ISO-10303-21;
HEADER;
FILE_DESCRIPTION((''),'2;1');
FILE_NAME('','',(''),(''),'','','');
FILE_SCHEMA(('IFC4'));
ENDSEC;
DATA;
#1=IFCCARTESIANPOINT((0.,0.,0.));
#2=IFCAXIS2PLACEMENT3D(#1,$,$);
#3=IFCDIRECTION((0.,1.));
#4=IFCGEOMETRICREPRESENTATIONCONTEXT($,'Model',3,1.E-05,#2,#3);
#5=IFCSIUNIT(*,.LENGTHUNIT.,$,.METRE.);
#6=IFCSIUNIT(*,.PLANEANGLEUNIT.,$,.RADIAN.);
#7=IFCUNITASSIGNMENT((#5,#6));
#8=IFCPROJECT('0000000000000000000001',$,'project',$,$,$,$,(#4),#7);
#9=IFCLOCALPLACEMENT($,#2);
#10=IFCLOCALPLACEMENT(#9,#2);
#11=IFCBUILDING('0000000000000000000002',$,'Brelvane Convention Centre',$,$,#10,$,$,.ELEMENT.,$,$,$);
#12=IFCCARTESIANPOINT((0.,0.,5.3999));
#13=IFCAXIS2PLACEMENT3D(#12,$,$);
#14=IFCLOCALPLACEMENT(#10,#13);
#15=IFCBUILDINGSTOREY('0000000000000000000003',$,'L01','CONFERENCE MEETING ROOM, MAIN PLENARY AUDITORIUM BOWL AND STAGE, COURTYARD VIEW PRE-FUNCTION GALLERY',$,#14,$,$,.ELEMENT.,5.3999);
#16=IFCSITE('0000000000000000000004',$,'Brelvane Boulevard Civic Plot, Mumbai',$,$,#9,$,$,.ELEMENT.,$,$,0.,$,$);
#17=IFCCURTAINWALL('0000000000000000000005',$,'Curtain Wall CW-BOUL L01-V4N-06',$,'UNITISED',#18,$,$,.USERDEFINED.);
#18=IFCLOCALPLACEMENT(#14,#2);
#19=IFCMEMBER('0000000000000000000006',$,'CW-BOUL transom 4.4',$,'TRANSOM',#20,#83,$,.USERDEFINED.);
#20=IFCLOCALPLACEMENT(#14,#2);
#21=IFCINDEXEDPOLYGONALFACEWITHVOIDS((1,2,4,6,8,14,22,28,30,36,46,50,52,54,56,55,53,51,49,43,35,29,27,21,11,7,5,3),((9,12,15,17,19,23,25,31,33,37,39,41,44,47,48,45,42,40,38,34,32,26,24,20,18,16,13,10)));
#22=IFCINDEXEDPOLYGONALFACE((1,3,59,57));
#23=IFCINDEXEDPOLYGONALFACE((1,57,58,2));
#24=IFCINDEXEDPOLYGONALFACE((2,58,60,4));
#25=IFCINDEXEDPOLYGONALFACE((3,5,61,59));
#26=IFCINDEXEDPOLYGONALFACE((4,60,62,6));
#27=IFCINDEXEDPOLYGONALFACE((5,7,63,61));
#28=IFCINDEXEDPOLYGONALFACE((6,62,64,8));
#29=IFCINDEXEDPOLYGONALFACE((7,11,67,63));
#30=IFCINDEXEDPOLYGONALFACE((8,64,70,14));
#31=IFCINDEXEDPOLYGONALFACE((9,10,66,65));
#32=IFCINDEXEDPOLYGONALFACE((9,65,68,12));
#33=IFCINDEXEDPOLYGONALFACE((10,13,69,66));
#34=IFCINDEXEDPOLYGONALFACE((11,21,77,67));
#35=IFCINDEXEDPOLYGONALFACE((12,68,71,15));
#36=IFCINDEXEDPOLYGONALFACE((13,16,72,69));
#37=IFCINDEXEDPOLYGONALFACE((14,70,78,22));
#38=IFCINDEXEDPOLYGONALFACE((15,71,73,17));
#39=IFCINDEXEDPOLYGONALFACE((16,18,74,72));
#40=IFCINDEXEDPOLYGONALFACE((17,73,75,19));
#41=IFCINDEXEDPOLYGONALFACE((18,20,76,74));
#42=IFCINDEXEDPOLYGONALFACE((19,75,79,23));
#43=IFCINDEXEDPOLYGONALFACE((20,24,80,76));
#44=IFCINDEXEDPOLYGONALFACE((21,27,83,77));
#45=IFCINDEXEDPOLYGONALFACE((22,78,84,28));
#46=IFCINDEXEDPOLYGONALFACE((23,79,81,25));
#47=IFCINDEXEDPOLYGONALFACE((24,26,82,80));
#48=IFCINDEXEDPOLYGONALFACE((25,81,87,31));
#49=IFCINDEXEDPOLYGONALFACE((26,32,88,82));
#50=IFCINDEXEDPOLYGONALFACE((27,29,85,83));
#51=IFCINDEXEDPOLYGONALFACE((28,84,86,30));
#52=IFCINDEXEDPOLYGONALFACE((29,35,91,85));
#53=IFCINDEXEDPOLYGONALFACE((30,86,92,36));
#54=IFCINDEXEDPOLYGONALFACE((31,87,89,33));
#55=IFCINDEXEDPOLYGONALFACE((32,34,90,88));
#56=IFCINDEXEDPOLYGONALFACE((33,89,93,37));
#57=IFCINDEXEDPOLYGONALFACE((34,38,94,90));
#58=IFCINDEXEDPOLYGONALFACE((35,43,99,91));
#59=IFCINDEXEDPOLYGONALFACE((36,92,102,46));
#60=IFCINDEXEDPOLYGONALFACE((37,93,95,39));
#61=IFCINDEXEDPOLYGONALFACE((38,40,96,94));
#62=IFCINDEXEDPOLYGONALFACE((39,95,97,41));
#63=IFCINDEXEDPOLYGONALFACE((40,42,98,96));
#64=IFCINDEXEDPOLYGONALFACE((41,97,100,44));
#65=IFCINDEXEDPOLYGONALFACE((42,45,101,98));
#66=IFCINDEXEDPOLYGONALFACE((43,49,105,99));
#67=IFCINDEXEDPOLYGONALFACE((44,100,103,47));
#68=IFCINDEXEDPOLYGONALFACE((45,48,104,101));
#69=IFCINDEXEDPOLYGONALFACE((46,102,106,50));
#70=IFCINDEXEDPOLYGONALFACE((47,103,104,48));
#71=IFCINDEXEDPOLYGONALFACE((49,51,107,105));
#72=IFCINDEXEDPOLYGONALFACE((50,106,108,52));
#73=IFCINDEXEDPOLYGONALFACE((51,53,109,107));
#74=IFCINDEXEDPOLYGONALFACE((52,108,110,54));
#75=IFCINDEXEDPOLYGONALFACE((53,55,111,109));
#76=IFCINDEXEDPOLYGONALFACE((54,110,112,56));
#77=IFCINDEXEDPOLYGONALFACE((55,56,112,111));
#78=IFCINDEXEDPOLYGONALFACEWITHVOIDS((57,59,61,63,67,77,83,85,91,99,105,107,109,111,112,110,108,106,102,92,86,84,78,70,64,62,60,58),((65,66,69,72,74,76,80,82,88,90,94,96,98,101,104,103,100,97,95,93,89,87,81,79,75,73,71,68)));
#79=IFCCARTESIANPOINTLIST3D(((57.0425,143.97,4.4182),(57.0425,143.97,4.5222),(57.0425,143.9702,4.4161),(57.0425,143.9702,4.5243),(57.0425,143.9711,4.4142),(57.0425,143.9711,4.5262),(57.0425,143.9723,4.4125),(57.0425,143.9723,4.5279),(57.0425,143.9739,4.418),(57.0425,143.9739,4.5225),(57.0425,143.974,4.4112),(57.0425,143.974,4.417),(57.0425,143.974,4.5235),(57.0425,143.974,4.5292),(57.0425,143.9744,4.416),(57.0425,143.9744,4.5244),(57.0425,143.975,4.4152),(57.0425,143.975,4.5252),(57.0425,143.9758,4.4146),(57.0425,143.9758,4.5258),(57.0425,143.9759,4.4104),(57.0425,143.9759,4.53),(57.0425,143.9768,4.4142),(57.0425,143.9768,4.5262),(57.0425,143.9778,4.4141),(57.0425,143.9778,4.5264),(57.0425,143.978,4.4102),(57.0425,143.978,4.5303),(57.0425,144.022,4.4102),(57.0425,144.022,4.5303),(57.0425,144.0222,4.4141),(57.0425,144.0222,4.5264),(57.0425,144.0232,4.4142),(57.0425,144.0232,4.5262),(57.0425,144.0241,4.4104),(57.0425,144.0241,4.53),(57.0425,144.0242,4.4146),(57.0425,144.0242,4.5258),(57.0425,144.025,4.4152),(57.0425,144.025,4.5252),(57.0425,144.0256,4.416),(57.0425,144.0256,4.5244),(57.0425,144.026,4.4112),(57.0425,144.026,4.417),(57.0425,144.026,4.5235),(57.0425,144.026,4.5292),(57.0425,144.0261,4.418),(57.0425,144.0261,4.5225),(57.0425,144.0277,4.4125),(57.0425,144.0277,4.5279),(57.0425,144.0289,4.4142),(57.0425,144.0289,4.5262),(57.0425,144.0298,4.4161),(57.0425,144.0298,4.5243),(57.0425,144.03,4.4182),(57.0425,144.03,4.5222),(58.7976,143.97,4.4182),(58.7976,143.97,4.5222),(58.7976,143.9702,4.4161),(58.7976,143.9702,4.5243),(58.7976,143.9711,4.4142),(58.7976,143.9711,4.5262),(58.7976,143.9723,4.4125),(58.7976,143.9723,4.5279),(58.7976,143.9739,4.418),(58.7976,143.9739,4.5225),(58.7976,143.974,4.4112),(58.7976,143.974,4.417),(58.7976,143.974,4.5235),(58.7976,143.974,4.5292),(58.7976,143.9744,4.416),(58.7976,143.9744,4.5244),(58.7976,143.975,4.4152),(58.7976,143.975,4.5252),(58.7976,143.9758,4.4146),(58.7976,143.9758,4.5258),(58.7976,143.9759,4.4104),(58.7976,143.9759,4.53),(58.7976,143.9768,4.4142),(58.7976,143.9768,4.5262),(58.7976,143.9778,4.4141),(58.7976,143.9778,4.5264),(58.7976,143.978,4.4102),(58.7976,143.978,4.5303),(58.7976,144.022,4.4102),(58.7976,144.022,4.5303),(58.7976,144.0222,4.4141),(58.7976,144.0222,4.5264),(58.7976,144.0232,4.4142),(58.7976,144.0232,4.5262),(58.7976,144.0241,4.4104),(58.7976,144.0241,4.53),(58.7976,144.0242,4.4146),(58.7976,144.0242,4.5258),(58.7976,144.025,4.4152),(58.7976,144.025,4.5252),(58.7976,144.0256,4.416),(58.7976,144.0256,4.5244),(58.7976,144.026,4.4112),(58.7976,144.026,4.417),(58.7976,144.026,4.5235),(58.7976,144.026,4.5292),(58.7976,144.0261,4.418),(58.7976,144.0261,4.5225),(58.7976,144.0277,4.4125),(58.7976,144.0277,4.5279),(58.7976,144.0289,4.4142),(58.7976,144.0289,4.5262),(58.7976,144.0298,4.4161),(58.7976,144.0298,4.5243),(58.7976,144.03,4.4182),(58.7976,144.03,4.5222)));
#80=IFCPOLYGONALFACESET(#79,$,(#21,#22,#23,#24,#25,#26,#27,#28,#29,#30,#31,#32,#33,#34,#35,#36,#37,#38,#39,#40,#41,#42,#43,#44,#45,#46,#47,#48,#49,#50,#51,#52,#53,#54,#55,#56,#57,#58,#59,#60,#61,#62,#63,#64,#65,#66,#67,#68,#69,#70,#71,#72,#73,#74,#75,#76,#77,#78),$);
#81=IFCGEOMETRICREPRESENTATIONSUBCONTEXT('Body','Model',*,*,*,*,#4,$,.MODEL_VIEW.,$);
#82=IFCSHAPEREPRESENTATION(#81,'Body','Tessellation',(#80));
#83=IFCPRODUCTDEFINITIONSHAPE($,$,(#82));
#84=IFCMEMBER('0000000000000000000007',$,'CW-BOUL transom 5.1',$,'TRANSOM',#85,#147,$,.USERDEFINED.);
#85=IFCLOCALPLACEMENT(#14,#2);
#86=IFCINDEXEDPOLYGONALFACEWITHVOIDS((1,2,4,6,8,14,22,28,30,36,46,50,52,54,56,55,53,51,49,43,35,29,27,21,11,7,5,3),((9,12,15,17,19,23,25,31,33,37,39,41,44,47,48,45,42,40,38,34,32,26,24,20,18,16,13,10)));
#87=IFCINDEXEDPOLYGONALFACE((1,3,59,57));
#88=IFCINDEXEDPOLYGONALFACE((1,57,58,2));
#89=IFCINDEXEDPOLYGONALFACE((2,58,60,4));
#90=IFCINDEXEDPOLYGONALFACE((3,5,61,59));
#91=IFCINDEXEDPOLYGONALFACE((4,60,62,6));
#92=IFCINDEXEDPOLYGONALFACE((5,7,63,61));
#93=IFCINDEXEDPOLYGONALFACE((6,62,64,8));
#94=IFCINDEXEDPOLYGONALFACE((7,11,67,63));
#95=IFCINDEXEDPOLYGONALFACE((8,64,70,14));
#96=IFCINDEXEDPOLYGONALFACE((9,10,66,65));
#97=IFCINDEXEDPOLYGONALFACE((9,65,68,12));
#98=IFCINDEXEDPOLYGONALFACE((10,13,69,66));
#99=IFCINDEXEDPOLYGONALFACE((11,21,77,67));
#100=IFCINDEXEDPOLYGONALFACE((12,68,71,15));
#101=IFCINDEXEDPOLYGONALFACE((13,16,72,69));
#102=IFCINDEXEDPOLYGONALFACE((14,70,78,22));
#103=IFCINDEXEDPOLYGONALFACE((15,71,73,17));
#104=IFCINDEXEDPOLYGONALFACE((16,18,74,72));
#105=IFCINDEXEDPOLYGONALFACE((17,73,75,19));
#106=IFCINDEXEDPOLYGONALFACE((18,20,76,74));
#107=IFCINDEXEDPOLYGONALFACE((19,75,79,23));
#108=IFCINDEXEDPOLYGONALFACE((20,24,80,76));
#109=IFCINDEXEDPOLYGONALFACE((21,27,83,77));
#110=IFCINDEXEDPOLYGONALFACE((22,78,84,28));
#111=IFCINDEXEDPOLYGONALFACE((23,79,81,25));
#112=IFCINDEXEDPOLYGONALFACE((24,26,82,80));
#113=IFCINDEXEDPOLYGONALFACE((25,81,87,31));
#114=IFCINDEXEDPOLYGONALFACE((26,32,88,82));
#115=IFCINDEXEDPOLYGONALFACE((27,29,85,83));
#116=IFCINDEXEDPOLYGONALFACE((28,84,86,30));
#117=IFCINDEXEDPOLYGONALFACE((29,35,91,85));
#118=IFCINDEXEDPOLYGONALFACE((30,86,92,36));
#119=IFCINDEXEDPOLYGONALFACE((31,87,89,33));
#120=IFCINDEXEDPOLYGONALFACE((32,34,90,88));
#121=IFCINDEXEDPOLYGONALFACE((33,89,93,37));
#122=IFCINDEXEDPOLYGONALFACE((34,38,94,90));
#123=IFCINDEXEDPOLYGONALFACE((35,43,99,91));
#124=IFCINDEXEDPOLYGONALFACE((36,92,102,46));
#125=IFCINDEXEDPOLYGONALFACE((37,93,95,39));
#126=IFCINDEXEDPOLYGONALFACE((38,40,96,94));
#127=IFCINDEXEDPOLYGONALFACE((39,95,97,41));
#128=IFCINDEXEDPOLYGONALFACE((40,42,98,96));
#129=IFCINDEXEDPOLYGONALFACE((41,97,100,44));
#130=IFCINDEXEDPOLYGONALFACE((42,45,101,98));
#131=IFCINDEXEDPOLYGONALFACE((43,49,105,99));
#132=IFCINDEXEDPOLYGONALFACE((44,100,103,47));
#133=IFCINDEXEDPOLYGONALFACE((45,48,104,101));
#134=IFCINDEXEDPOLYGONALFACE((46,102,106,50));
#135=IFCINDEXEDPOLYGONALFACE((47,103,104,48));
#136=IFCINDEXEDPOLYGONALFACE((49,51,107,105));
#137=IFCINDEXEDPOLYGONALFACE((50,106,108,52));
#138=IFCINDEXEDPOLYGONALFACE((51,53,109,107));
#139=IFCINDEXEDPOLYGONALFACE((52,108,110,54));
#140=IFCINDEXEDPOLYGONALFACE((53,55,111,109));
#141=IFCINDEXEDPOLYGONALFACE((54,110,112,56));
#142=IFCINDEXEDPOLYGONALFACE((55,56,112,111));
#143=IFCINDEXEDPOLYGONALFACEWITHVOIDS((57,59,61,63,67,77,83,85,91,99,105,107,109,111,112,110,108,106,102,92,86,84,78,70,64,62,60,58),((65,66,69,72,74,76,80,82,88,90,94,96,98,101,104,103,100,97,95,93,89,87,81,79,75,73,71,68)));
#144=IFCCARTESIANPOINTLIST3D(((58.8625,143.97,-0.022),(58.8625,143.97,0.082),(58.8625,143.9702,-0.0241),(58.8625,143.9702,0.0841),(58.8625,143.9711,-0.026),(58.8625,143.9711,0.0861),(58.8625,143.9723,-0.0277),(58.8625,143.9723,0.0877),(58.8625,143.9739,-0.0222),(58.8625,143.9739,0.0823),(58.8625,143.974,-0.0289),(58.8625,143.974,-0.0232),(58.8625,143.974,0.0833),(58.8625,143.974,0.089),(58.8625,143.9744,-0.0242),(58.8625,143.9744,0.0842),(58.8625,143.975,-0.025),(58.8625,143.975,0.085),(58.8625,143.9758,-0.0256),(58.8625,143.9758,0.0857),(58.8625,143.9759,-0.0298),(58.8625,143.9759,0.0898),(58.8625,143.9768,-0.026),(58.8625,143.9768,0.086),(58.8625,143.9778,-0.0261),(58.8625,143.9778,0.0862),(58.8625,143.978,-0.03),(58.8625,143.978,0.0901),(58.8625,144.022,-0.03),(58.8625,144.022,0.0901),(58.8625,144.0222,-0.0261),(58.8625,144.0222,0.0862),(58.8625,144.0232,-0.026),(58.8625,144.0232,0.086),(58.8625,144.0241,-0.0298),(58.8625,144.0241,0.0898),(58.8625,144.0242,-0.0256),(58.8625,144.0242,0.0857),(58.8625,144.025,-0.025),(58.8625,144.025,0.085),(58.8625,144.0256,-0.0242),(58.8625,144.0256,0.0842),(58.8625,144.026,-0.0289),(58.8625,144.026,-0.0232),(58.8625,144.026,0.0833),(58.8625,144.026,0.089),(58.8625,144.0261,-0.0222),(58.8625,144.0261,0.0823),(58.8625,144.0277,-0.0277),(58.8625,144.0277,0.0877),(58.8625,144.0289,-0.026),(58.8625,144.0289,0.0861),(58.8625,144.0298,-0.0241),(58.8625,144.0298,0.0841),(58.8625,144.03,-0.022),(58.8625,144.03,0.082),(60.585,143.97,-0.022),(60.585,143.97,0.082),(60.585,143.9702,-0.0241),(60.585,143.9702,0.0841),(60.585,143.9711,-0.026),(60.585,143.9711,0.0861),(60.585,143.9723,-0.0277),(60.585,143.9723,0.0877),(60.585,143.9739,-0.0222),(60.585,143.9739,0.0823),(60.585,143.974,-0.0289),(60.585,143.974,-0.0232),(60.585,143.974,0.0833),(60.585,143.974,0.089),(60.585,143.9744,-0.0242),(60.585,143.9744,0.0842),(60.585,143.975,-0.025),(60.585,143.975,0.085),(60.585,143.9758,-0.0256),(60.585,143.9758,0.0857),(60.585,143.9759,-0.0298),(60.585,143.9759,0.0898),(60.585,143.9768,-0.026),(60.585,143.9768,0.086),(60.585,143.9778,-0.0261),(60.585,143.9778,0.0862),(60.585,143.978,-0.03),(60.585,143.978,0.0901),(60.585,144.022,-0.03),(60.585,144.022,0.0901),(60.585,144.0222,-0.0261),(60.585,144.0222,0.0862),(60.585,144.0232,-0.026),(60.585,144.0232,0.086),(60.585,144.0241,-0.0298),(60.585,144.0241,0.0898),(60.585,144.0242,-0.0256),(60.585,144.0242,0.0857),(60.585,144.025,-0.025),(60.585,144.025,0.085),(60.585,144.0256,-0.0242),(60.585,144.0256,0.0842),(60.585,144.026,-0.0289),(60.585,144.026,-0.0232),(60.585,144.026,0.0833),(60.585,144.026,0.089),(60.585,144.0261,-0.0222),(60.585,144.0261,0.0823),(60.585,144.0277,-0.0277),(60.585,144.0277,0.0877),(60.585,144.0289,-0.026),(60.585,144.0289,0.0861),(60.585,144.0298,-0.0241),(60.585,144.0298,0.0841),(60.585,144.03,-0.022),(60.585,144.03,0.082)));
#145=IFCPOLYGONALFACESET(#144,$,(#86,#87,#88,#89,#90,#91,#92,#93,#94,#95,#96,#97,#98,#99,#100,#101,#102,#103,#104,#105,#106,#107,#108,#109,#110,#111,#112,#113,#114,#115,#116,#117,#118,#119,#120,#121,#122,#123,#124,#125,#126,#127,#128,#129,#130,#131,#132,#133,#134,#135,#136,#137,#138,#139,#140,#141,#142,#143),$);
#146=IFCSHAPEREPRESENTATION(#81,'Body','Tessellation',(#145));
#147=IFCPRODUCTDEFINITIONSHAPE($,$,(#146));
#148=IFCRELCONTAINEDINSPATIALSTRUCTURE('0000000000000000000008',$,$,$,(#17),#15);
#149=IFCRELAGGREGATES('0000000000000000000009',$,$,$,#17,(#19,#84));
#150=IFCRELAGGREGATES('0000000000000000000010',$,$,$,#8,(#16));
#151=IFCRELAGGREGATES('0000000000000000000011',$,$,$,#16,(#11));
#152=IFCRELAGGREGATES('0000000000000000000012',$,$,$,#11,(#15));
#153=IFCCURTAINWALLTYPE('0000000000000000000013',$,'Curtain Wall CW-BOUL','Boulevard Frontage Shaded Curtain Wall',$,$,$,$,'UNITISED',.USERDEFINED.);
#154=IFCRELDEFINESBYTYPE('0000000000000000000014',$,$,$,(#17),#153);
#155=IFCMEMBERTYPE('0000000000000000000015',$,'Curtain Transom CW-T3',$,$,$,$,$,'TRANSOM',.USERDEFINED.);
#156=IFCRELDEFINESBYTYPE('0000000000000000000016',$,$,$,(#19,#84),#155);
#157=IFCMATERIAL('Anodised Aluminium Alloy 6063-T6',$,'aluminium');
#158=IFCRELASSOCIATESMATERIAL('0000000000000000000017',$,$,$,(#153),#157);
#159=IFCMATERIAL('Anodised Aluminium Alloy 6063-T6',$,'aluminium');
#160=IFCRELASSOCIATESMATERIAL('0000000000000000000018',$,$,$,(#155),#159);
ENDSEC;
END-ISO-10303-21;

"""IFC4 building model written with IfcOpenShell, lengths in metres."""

from ifc_helpers import new_model, si_unit, direction, frame, origin, origin_2d, place, context, subcontext, project, spatial, hollow_rectangle, extrude, material, material_profile, profile_set, type_object, element, aggregate, save


model = new_model("IFC4")

# Units and contexts
model_context = context("Model", 3, precision=1e-05, world=origin(), true_north=direction((0.0, 1.0)))
body_context = subcontext(model_context, "Body", "Model", "MODEL_VIEW")
ifc_project = project(units=[si_unit("LENGTHUNIT", "METRE"), si_unit("PLANEANGLEUNIT", "RADIAN")], contexts=[model_context])

# Site, building, storey
site_placement = place(None, origin())
site = spatial("IfcSite", under=ifc_project, at=site_placement, Name="Brelvane Boulevard Civic Plot, Mumbai", CompositionType="ELEMENT", RefElevation=0.0)
building_placement = place(site_placement, origin())
building = spatial("IfcBuilding", under=site, at=building_placement, Name="Brelvane Convention Centre", CompositionType="ELEMENT")
storey_placement = place(building_placement, frame((0.0, 0.0, 5.3999)))
storey = spatial("IfcBuildingStorey", under=building, at=storey_placement, Name="L01", Description="CONFERENCE MEETING ROOM, MAIN PLENARY AUDITORIUM BOWL AND STAGE, COURTYARD VIEW PRE-FUNCTION GALLERY", CompositionType="ELEMENT", Elevation=5.3999)

# Curtain wall, members
ifc_material_1 = material(Name="Anodised Aluminium Alloy 6063-T6", Category="aluminium")
curtain_wall_type = type_object("IfcCurtainWallType", Name="Curtain Wall CW-BOUL", Description="Boulevard Frontage Shaded Curtain Wall", ElementType="UNITISED", PredefinedType="USERDEFINED", material=ifc_material_1)
curtain_wall_placement = place(storey_placement, origin())
curtain_wall = element("IfcCurtainWall", 1, at=curtain_wall_placement, inside=storey, type_object=curtain_wall_type, Name="Curtain Wall CW-BOUL L01-V4N-06", ObjectType="UNITISED", PredefinedType="USERDEFINED")
ifc_material_2 = material(Name="Anodised Aluminium Alloy 6063-T6", Category="aluminium")
ifc_material_profile_1 = material_profile(ifc_material_2, hollow_rectangle(XDim=0.0601, YDim=0.1201, WallThickness=0.0039, InnerFilletRadius=0.0039, OuterFilletRadius=0.0081, at=origin_2d()), Name="ALU-T 120x60x4.0")
ifc_profile_set_1 = profile_set([ifc_material_profile_1], Name="Anodised Aluminium Alloy 6063-T6")
member_type_1 = type_object("IfcMemberType", Name="Curtain Transom CW-T3", ElementType="TRANSOM", PredefinedType="USERDEFINED", material=ifc_profile_set_1)
member_1_placement = place(storey_placement, frame((57.0425, 144.0, 4.4702), z_axis=(1.0, 0.0, 0.0), x_axis=(0.0, 1.0, 0.0)))
member_1 = element("IfcMember", 2, at=member_1_placement, type_object=member_type_1, Name="CW-BOUL transom 4.4", ObjectType="TRANSOM", PredefinedType="USERDEFINED", context=body_context, shape_type="SweptSolid", body=[
    extrude(hollow_rectangle(XDim=0.0601, YDim=0.1201, WallThickness=0.0039, InnerFilletRadius=0.0039, OuterFilletRadius=0.0081, at=origin_2d()), origin(), (0.0, 0.0, 1.0), 1.7551),
])
member_2_placement = place(storey_placement, frame((58.8625, 144.0, 0.03), z_axis=(1.0, 0.0, 0.0), x_axis=(0.0, 1.0, 0.0)))
member_2 = element("IfcMember", 3, at=member_2_placement, type_object=member_type_1, Name="CW-BOUL transom 5.1", ObjectType="TRANSOM", PredefinedType="USERDEFINED", context=body_context, shape_type="SweptSolid", body=[
    extrude(hollow_rectangle(XDim=0.0601, YDim=0.1201, WallThickness=0.0039, InnerFilletRadius=0.0039, OuterFilletRadius=0.0081, at=origin_2d()), origin(), (0.0, 0.0, 1.0), 1.7224),
])

aggregate(curtain_wall, [member_1, member_2])

save(model, "model.ifc")
